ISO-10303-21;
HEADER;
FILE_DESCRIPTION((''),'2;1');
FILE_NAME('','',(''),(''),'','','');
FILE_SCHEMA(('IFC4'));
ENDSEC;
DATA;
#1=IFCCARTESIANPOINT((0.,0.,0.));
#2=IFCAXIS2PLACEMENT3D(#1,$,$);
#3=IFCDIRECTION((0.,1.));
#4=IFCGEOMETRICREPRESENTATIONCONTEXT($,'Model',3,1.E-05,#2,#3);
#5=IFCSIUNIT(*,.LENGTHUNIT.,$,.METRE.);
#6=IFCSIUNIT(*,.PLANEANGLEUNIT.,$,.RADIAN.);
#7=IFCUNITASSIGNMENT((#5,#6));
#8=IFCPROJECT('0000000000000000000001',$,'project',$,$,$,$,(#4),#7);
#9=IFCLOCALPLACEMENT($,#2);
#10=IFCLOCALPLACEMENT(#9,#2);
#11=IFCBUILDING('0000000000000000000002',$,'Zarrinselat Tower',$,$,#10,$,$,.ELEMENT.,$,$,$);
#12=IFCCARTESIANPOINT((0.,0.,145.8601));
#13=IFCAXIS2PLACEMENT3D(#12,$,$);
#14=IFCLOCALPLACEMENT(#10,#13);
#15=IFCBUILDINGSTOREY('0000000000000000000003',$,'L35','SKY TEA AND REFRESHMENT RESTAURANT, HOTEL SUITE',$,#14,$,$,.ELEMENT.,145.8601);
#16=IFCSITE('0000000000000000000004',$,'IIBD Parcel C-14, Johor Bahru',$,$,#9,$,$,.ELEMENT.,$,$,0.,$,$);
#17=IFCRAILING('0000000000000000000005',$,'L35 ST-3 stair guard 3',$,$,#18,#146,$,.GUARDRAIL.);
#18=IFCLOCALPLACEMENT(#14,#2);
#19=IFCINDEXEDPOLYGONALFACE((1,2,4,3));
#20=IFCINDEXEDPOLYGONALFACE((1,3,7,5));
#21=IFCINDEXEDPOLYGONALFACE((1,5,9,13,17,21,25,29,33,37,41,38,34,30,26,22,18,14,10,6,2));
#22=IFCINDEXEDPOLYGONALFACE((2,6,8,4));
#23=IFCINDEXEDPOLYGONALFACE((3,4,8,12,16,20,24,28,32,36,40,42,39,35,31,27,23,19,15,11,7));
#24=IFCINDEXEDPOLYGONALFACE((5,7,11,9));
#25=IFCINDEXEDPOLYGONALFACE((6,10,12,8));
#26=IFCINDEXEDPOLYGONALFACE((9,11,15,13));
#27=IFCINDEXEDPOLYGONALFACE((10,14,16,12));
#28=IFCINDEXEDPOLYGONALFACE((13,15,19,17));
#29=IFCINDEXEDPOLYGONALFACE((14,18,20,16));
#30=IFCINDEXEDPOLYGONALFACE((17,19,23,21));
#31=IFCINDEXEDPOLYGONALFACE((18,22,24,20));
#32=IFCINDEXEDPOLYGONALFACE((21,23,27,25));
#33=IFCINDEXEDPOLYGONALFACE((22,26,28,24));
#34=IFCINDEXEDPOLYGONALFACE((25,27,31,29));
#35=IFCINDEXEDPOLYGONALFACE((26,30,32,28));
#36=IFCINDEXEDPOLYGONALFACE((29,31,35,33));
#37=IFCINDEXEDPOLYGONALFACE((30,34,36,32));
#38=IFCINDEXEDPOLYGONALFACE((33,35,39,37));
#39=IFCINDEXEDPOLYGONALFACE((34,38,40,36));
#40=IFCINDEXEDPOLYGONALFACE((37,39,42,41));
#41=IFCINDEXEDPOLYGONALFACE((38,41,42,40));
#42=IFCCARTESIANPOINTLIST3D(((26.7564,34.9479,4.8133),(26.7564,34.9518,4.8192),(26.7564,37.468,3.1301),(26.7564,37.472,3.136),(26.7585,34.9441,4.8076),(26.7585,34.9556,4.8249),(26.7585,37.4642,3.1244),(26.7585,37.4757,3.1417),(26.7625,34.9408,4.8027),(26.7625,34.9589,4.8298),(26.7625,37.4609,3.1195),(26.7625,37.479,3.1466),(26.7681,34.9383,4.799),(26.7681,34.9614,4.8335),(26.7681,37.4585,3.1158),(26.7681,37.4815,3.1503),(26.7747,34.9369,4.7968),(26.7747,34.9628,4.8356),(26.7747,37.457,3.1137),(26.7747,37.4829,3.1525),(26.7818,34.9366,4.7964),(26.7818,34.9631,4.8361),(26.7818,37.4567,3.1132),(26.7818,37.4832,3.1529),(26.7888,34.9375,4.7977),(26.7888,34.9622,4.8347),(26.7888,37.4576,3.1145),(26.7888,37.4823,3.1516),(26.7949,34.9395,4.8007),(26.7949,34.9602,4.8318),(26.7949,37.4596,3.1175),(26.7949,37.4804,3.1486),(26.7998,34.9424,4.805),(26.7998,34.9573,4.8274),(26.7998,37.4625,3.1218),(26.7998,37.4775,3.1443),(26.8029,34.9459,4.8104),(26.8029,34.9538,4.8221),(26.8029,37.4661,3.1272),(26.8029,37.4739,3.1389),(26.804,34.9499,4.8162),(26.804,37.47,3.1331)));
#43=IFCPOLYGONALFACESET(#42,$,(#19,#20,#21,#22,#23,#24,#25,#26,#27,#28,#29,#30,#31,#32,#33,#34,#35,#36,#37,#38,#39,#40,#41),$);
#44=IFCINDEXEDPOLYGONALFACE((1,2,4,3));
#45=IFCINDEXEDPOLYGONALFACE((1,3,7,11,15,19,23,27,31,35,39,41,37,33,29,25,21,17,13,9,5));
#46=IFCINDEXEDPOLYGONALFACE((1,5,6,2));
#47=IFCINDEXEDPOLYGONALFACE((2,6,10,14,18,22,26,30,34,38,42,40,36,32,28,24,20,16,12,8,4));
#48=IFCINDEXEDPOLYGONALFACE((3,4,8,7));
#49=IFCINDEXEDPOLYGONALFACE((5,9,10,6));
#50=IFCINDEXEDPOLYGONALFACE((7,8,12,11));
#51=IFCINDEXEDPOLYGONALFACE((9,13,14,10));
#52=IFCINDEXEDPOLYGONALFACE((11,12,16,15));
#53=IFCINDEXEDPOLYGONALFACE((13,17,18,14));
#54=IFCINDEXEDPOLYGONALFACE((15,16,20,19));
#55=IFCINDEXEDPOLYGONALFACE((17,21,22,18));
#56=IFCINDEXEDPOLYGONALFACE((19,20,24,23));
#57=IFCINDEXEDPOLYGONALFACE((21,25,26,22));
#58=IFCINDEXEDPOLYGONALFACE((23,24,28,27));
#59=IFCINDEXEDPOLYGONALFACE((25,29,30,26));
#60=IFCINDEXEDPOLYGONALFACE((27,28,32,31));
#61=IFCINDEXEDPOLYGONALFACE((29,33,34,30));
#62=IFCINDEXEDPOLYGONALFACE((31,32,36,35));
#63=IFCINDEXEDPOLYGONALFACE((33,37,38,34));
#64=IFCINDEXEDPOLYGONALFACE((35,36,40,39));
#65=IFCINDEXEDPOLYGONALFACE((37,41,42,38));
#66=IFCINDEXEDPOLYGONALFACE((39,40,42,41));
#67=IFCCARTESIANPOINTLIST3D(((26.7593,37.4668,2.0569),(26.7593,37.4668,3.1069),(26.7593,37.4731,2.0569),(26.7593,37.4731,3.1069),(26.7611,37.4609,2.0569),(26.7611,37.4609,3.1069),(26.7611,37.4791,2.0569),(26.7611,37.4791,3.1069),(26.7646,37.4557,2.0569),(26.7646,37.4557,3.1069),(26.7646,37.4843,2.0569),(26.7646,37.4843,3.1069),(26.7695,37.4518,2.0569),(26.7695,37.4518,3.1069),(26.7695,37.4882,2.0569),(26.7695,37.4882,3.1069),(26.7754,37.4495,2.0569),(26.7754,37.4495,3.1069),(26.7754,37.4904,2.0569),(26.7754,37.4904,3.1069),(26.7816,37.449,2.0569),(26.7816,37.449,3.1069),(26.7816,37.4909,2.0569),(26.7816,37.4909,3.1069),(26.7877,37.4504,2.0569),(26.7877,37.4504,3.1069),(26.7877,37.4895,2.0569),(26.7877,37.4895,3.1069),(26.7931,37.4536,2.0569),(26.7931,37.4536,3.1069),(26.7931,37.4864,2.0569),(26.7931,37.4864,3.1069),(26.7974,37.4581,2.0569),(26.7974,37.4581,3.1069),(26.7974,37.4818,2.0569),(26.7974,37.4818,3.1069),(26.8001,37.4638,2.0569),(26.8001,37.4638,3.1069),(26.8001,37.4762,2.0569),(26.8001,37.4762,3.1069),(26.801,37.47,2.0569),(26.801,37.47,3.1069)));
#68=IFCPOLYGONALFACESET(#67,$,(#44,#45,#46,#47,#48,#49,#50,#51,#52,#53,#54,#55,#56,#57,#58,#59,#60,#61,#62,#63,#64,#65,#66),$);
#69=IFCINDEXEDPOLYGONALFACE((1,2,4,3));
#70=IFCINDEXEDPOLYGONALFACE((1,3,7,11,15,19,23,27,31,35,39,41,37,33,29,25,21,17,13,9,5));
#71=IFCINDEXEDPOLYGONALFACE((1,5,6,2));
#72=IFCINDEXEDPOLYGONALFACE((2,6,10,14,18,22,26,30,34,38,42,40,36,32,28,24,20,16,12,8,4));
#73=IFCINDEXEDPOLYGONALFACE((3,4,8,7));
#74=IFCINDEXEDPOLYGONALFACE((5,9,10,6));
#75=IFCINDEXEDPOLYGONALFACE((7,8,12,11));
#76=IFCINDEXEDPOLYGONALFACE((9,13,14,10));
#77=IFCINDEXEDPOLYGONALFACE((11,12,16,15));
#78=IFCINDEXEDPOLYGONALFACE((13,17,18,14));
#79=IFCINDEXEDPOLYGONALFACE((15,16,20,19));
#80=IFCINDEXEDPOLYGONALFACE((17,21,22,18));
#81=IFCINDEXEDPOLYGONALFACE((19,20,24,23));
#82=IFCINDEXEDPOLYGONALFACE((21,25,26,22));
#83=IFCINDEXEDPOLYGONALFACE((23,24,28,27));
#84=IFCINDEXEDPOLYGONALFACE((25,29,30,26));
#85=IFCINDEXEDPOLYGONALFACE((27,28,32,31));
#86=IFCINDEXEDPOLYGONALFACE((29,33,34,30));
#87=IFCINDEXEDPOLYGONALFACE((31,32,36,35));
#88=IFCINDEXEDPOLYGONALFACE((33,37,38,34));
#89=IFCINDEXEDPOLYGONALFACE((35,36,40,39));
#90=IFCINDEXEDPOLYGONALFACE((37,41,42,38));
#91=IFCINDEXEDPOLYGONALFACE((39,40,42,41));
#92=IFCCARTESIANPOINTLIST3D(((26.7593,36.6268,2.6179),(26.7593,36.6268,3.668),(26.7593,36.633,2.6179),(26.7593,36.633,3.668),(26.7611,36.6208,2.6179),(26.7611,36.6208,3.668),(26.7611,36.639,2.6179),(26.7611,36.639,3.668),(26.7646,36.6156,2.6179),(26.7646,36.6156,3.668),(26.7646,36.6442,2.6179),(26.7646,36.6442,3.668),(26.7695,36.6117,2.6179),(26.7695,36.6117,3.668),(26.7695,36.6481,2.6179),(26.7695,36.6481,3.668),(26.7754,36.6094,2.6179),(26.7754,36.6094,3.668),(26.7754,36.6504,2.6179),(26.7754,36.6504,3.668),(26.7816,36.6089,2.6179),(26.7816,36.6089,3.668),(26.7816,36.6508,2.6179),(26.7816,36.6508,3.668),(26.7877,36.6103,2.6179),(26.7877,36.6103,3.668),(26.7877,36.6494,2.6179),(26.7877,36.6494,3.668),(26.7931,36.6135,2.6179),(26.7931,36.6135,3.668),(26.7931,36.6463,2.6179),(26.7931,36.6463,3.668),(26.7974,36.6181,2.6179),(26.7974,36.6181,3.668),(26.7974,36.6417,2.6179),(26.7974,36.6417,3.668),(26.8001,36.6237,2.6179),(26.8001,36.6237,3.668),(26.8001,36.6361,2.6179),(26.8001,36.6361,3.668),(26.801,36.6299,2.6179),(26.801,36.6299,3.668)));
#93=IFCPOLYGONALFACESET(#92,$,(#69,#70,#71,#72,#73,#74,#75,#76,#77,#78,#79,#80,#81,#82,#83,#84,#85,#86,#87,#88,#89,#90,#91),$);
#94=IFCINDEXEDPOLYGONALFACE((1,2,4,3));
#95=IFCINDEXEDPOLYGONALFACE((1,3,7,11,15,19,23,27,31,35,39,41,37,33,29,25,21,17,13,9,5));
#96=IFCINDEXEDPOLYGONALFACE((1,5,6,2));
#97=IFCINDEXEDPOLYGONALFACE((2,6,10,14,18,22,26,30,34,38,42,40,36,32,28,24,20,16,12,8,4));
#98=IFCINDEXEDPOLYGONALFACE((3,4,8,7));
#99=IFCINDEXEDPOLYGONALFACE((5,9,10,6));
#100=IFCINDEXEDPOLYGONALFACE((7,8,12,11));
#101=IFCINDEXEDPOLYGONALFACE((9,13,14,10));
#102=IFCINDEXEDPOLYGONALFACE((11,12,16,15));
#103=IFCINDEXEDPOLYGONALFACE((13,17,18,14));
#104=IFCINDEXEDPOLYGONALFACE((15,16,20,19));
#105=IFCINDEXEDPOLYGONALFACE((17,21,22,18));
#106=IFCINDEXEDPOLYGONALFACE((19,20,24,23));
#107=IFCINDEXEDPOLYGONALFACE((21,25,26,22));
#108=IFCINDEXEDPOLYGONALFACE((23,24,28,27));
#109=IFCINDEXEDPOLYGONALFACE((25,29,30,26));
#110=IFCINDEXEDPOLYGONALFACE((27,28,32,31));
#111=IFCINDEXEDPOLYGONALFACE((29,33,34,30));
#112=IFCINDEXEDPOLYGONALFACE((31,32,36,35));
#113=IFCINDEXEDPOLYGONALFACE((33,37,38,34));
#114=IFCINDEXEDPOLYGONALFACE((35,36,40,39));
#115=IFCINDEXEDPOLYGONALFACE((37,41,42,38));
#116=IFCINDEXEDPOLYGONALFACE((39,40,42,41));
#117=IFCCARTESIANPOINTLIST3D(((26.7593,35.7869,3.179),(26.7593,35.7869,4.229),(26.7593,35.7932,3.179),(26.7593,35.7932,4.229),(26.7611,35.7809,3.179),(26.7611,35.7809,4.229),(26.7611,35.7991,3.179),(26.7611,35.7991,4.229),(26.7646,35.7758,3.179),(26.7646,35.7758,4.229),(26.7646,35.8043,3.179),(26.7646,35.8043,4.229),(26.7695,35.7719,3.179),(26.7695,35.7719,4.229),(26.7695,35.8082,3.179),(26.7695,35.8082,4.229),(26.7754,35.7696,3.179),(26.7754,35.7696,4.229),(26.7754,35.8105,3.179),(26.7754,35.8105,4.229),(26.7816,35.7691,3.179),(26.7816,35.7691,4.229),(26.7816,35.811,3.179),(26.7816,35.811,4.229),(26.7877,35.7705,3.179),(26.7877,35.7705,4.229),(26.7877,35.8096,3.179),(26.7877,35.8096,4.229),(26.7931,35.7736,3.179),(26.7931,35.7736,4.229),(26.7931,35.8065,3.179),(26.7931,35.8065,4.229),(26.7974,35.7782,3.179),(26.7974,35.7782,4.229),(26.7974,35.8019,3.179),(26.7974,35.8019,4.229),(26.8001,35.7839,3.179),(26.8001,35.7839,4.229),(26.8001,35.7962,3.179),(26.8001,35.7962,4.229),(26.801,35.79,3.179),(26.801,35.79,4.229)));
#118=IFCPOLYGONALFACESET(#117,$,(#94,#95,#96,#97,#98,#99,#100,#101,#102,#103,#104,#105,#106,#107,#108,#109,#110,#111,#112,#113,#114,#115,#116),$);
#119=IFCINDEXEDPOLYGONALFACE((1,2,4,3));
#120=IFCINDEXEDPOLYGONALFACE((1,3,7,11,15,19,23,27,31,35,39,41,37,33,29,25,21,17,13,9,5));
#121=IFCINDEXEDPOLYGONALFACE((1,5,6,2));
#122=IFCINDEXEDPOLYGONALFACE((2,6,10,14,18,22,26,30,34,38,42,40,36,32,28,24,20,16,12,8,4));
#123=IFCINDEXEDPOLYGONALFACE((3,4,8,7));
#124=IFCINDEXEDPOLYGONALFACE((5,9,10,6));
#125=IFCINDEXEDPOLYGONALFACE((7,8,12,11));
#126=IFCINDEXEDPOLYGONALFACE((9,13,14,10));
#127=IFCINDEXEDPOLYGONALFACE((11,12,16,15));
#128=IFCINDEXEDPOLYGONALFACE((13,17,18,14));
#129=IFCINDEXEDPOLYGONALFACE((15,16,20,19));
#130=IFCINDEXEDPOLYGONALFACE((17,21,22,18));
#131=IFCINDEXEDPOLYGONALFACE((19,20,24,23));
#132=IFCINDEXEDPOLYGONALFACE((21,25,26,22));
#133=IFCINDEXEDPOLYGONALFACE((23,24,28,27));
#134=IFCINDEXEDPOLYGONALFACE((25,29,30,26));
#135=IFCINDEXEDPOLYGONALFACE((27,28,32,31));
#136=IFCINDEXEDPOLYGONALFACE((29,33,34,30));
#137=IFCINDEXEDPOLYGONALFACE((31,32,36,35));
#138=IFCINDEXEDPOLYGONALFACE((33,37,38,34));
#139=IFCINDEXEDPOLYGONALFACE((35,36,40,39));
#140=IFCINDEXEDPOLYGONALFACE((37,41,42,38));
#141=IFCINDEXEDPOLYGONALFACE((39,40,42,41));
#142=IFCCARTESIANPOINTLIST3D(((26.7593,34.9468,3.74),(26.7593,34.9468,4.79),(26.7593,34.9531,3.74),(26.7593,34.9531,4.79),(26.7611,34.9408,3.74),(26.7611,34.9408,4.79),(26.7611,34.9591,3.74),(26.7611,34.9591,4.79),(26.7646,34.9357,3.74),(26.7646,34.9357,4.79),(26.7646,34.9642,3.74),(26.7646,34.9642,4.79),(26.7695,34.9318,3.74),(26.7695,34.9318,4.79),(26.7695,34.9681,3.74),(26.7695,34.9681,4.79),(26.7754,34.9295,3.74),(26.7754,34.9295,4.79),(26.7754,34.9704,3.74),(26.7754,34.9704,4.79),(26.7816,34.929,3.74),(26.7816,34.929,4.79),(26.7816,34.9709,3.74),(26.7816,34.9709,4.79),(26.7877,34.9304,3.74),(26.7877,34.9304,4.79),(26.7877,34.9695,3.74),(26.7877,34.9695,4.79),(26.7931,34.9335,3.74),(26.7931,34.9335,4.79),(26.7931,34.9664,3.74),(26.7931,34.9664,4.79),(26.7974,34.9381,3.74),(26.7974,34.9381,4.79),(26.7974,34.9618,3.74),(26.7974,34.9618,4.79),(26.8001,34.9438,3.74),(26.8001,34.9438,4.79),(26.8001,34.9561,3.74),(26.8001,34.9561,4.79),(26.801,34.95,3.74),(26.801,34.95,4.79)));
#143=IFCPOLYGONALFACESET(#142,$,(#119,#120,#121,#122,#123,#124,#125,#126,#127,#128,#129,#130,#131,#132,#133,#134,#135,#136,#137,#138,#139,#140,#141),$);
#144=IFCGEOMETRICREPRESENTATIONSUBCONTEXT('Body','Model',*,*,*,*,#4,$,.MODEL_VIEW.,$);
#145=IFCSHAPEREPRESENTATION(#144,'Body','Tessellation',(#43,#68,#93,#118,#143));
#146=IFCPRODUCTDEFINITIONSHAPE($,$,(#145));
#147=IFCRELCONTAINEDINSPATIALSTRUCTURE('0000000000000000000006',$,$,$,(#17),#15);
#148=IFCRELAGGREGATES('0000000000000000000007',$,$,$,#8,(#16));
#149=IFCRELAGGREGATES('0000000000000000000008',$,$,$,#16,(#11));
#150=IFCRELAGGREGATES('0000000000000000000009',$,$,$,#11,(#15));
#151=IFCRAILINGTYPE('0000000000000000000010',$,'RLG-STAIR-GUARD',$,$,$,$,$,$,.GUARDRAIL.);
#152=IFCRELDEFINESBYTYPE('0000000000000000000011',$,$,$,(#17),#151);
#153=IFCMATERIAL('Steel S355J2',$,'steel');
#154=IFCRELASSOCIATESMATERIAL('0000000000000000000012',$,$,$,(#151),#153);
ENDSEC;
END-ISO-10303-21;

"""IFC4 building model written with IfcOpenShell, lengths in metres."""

from ifc_helpers import new_model, si_unit, direction, frame, origin, origin_2d, place, context, subcontext, project, spatial, circle, extrude, material, type_object, element, save


model = new_model("IFC4")

# Units and contexts
model_context = context("Model", 3, precision=1e-05, world=origin(), true_north=direction((0.0, 1.0)))
body_context = subcontext(model_context, "Body", "Model", "MODEL_VIEW")
ifc_project = project(units=[si_unit("LENGTHUNIT", "METRE"), si_unit("PLANEANGLEUNIT", "RADIAN")], contexts=[model_context])

# Site, building, storey
site_placement = place(None, origin())
site = spatial("IfcSite", under=ifc_project, at=site_placement, Name="IIBD Parcel C-14, Johor Bahru", CompositionType="ELEMENT", RefElevation=0.0)
building_placement = place(site_placement, origin())
building = spatial("IfcBuilding", under=site, at=building_placement, Name="Zarrinselat Tower", CompositionType="ELEMENT")
storey_placement = place(building_placement, frame((0.0, 0.0, 145.8601)))
storey = spatial("IfcBuildingStorey", under=building, at=storey_placement, Name="L35", Description="SKY TEA AND REFRESHMENT RESTAURANT, HOTEL SUITE", CompositionType="ELEMENT", Elevation=145.8601)

# Railing
ifc_material_1 = material(Name="Steel S355J2", Category="steel")
railing_type_1 = type_object("IfcRailingType", Name="RLG-STAIR-GUARD", PredefinedType="GUARDRAIL", material=ifc_material_1)
railing_1_placement = place(storey_placement, frame((26.78, 37.47, 2.0569)))
element("IfcRailing", 1, at=railing_1_placement, inside=storey, type_object=railing_type_1, Name="L35 ST-3 stair guard 3", PredefinedType="GUARDRAIL", context=body_context, shape_type="SweptSolid", body=[
    extrude(circle(Radius=0.0239, at=origin_2d()), frame((0.0, 0.0, 1.0762), z_axis=(0.0, -0.831579, 0.555406), x_axis=(1.0, 0.0, 0.0)), (0.0, 0.0, 1.0), 3.0305),
    extrude(circle(Radius=0.021, at=origin_2d()), origin(), (0.0, 0.0, 1.0), 1.05),
    extrude(circle(Radius=0.021, at=origin_2d()), frame((0.0, -0.8401, 0.561)), (0.0, 0.0, 1.0), 1.05),
    extrude(circle(Radius=0.021, at=origin_2d()), frame((0.0, -1.6799, 1.1221)), (0.0, 0.0, 1.0), 1.05),
    extrude(circle(Radius=0.021, at=origin_2d()), frame((0.0, -2.52, 1.6831)), (0.0, 0.0, 1.0), 1.05),
])

save(model, "model.ifc")
